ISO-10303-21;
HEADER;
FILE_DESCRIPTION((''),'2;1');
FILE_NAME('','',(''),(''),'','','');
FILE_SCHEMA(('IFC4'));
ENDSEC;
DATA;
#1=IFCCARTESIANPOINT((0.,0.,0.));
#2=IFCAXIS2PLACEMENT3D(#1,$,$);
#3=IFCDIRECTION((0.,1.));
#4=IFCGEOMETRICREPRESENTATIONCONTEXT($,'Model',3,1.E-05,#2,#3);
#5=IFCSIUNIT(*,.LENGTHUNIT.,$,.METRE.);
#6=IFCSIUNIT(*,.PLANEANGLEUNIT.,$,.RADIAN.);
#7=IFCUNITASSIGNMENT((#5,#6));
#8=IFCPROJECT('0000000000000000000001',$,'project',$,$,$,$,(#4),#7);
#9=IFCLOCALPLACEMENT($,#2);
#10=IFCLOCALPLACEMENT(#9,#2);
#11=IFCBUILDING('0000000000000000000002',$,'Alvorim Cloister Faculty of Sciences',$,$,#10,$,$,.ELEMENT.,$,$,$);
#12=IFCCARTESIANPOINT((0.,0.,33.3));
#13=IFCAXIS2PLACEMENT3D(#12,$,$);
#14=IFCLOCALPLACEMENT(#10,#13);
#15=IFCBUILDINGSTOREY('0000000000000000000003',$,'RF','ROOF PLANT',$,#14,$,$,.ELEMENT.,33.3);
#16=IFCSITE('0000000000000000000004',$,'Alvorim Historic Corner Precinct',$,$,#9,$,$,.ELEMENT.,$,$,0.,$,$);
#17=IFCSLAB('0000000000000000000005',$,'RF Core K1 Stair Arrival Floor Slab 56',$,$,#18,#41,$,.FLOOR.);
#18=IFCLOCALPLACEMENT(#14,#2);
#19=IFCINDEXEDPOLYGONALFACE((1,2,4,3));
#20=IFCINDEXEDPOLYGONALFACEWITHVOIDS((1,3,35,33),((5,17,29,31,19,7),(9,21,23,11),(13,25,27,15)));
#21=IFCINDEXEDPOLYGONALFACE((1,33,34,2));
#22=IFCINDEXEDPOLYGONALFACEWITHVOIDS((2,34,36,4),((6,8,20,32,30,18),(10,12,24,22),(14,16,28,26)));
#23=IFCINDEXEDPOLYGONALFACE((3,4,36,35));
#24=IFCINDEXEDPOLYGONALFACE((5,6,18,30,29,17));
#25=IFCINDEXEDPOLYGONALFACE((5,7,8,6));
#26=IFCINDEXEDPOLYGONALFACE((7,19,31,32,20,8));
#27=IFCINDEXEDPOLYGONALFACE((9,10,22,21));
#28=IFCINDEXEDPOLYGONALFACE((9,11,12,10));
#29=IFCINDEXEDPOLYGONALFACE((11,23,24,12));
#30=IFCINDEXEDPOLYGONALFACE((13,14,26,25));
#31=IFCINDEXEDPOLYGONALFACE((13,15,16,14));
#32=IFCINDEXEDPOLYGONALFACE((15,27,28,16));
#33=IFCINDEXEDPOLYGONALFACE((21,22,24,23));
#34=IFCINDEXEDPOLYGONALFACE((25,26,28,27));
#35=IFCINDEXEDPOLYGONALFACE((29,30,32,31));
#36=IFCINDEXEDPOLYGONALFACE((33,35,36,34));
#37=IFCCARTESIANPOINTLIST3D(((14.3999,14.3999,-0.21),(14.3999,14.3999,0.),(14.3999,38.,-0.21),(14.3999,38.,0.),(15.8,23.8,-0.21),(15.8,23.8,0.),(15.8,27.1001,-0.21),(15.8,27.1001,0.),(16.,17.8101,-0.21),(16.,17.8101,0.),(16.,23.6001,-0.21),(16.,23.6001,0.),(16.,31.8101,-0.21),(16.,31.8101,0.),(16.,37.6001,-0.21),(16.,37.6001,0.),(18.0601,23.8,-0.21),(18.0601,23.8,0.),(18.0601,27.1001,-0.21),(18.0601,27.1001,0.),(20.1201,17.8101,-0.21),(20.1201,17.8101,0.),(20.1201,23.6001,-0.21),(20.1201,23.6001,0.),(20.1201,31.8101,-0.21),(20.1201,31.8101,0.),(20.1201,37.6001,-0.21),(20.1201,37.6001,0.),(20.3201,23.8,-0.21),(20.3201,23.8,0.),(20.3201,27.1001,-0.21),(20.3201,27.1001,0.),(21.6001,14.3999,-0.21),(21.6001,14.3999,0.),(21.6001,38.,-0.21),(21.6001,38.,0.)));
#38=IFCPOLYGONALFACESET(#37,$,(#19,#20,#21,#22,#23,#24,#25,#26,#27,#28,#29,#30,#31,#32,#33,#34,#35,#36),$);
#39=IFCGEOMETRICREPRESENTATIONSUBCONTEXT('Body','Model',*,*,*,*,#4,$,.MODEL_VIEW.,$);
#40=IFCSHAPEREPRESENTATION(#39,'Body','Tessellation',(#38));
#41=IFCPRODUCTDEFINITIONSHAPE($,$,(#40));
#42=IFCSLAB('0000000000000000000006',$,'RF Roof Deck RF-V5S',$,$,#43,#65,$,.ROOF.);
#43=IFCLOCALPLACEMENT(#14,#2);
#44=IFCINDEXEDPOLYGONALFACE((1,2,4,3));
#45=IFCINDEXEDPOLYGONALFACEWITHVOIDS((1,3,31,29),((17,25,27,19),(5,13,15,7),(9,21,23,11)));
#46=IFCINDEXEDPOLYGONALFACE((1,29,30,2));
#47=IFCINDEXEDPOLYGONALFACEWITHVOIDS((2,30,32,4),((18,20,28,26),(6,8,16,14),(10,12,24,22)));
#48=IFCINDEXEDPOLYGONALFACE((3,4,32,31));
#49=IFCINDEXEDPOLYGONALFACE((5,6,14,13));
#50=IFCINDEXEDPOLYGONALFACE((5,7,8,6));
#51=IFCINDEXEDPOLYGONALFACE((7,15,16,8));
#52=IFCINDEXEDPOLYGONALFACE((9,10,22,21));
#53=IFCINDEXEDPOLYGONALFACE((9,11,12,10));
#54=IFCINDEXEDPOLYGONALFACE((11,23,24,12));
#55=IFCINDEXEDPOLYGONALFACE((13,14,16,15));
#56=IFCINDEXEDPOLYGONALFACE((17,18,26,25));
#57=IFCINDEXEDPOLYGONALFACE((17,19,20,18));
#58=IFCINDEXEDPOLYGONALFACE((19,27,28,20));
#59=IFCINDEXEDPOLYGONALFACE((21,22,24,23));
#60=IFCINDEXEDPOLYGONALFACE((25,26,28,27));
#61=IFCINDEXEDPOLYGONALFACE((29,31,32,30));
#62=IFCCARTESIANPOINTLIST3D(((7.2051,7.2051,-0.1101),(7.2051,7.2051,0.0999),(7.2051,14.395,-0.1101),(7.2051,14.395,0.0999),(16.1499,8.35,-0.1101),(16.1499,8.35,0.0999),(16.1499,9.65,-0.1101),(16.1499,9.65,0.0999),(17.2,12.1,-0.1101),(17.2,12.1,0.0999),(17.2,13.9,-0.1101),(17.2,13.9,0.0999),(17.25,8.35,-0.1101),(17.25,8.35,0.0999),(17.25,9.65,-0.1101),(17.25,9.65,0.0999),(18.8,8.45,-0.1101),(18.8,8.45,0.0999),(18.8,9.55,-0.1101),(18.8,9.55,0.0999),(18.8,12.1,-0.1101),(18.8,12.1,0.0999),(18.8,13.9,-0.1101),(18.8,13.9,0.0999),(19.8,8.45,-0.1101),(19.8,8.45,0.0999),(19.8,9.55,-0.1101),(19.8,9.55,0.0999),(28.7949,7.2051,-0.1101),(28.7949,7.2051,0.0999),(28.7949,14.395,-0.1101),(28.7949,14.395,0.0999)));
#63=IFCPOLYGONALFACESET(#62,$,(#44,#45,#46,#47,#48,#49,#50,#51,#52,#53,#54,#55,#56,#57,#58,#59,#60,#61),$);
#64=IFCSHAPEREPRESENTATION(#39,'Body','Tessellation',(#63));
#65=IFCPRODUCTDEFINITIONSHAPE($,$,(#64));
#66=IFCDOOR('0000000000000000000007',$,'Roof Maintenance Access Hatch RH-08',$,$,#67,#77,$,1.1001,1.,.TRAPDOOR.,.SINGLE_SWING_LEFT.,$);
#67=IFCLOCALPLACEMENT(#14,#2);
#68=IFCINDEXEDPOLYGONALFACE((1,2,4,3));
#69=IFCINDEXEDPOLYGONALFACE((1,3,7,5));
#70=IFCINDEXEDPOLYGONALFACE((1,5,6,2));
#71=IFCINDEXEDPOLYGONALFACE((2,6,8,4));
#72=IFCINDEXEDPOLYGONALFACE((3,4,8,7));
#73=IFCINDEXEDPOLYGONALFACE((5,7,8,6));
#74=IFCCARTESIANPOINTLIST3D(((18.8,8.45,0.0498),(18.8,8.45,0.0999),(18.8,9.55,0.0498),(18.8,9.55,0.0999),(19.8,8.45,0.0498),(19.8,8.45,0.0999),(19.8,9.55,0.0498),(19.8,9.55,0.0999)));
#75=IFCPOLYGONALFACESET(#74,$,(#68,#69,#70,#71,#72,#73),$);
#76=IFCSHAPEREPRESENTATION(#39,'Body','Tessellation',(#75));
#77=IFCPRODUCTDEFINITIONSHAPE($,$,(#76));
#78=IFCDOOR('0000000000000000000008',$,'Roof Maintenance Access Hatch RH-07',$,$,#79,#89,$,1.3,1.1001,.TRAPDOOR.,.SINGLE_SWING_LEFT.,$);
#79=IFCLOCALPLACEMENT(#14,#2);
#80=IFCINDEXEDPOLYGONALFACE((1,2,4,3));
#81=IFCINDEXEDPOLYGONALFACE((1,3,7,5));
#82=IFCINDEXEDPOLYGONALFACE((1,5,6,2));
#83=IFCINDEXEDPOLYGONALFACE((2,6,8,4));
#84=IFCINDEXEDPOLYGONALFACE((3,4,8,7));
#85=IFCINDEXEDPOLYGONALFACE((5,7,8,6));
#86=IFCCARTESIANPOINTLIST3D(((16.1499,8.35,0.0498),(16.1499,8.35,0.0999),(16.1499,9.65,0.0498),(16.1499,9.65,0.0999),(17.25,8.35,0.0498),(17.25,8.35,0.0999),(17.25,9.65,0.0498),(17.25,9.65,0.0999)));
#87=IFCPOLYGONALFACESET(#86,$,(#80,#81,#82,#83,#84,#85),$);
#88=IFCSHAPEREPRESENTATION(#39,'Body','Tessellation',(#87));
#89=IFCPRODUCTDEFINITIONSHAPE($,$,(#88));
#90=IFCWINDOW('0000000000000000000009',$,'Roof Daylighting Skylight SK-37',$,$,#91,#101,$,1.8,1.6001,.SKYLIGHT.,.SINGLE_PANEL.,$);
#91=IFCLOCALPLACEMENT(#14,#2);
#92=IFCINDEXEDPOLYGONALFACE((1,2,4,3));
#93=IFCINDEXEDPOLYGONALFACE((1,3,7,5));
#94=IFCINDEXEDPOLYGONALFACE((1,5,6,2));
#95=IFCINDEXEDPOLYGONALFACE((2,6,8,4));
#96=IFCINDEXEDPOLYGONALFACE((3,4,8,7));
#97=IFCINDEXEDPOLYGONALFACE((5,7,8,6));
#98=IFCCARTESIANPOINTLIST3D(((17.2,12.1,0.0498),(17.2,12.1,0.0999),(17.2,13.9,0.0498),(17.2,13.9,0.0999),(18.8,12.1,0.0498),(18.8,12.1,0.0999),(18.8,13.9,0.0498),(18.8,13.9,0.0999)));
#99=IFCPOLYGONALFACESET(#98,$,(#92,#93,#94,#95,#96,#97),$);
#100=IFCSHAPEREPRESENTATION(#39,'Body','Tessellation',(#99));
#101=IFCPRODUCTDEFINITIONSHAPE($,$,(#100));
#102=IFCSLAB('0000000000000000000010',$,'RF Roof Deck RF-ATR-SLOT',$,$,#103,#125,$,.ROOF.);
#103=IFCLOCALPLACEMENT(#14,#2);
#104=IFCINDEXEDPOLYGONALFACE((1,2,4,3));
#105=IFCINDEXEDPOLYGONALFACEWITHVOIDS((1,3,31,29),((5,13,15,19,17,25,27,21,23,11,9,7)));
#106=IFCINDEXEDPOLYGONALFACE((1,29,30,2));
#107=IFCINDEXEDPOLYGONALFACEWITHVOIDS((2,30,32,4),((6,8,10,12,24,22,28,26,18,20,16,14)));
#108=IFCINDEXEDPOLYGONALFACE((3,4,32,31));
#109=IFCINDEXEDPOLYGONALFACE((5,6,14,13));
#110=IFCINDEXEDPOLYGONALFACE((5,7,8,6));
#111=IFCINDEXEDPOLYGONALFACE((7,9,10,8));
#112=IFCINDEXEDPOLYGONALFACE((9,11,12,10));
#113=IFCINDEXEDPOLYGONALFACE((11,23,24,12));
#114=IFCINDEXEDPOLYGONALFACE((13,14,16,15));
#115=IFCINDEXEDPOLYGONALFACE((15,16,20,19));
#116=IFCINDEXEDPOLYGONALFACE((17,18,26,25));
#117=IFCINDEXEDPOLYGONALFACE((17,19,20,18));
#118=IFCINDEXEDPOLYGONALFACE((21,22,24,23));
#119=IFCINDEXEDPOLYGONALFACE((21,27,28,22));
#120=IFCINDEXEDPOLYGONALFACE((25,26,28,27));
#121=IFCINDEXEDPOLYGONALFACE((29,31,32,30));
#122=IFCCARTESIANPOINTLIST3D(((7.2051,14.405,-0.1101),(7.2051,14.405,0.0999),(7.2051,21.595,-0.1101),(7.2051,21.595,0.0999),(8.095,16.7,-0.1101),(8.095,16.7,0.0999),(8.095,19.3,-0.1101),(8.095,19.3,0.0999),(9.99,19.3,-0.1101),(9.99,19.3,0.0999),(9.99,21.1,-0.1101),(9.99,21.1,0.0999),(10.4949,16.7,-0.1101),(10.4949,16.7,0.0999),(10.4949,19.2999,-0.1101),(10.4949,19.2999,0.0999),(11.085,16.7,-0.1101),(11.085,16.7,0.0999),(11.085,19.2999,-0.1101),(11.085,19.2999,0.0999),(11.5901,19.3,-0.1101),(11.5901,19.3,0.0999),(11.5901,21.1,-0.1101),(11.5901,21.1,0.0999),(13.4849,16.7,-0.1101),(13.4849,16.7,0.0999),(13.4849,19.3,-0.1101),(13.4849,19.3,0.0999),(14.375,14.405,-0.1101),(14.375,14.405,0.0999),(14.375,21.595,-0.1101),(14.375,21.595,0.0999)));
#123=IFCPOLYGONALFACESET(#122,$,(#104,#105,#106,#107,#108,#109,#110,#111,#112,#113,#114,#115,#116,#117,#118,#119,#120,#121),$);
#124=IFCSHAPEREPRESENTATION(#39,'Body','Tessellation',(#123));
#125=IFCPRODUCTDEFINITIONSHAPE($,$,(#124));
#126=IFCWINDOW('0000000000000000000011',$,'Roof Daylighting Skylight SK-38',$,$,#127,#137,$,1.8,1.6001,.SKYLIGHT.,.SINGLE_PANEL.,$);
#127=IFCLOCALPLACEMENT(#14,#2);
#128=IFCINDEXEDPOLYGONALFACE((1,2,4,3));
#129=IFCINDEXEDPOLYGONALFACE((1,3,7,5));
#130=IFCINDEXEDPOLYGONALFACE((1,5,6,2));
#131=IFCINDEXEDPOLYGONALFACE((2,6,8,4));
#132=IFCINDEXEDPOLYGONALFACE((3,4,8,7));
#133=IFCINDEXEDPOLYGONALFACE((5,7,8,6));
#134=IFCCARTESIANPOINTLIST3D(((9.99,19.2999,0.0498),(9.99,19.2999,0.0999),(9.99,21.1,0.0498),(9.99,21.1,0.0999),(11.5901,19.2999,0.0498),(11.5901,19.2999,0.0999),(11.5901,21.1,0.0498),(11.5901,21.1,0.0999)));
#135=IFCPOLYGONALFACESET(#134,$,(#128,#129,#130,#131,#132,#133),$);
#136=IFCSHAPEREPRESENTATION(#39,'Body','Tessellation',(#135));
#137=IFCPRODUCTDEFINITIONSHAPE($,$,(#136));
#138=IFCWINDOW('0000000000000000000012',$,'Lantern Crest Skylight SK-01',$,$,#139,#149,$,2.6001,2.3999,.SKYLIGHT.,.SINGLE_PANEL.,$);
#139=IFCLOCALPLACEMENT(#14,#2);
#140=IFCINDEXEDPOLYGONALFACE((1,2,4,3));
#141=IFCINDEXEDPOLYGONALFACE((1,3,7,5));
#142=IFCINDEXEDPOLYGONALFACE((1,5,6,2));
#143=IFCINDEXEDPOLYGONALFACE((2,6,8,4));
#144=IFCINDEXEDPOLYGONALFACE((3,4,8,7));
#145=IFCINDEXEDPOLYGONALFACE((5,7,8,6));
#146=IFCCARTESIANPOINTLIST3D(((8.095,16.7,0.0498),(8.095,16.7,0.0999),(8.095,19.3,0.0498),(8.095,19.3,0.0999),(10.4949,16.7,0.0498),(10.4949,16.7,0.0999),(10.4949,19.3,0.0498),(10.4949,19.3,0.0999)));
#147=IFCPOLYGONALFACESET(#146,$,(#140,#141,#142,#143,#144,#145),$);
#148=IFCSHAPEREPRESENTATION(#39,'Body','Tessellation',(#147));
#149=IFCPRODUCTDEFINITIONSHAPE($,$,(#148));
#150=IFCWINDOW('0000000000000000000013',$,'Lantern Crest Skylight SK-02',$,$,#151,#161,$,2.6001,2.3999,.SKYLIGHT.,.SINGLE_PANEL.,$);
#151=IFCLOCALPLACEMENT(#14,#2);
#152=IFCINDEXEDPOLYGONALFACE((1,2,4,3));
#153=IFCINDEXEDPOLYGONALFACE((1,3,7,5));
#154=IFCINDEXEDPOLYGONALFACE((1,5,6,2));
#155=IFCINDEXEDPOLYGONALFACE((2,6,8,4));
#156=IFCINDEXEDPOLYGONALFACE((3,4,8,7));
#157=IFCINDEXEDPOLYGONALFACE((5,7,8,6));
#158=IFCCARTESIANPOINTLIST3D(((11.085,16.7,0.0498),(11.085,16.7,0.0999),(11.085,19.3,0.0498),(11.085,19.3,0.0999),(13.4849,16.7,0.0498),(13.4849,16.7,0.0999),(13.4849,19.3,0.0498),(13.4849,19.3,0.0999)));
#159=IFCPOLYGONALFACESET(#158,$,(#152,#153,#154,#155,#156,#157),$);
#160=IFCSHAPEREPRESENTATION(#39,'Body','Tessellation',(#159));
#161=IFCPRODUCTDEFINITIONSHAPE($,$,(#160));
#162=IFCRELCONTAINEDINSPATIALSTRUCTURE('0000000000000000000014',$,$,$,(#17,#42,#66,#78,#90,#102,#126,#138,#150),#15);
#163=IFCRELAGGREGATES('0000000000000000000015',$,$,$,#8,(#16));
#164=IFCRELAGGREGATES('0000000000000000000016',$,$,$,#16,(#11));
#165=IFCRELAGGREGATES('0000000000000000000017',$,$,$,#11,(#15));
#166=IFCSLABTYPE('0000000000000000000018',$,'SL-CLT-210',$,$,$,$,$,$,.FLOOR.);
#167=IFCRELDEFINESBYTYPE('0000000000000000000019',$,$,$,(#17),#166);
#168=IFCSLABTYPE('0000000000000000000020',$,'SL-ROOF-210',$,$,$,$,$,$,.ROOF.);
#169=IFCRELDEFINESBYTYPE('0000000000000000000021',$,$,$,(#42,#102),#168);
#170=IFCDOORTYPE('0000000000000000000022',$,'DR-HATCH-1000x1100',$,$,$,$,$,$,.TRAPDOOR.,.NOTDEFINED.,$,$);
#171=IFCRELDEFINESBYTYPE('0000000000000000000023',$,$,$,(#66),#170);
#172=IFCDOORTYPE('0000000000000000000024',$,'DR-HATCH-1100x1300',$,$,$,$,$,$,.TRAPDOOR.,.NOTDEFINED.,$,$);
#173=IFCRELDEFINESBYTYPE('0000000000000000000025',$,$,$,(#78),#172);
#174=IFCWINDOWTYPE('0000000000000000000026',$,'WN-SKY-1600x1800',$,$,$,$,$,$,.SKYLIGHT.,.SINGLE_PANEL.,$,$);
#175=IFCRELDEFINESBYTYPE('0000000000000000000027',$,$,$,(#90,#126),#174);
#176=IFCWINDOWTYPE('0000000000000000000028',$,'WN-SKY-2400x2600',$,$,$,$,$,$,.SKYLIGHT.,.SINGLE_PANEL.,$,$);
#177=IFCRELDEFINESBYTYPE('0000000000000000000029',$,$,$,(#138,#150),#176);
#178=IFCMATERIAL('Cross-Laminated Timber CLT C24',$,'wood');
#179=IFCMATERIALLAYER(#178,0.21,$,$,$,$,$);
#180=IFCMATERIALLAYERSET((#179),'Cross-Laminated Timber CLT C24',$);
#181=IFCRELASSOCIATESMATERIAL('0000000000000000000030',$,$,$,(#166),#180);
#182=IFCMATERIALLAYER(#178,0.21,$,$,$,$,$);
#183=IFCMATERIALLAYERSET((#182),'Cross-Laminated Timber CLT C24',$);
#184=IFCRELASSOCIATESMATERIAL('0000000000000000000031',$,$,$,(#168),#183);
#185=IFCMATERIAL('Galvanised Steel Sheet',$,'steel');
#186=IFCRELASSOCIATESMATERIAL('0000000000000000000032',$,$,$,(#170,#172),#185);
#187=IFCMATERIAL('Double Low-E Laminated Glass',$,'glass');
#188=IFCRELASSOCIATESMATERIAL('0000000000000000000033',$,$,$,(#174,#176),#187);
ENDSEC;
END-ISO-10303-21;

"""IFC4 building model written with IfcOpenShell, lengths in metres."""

from ifc_helpers import new_model, si_unit, direction, frame, origin, origin_2d, place, context, subcontext, project, spatial, polyline, rectangle, outline, extrude, material, layer, layer_set, type_object, element, fill, save


model = new_model("IFC4")

# Units and contexts
model_context = context("Model", 3, precision=1e-05, world=origin(), true_north=direction((0.0, 1.0)))
body_context = subcontext(model_context, "Body", "Model", "MODEL_VIEW")
ifc_project = project(units=[si_unit("LENGTHUNIT", "METRE"), si_unit("PLANEANGLEUNIT", "RADIAN")], contexts=[model_context])

# Site, building, storey
site_placement = place(None, origin())
site = spatial("IfcSite", under=ifc_project, at=site_placement, Name="Alvorim Historic Corner Precinct", CompositionType="ELEMENT", RefElevation=0.0)
building_placement = place(site_placement, origin())
building = spatial("IfcBuilding", under=site, at=building_placement, Name="Alvorim Cloister Faculty of Sciences", CompositionType="ELEMENT")
storey_placement = place(building_placement, frame((0.0, 0.0, 33.3)))
storey = spatial("IfcBuildingStorey", under=building, at=storey_placement, Name="RF", Description="ROOF PLANT", CompositionType="ELEMENT", Elevation=33.3)

# Slab
ifc_material_1 = material(Name="Cross-Laminated Timber CLT C24", Category="wood")
ifc_layer_1 = layer(ifc_material_1, 0.21)
ifc_layer_set_1 = layer_set([ifc_layer_1], Name="Cross-Laminated Timber CLT C24")
slab_type_1 = type_object("IfcSlabType", Name="SL-CLT-210", PredefinedType="FLOOR", material=ifc_layer_set_1)
slab_1_placement = place(storey_placement, frame((0.0, 0.0, -0.21)))
element("IfcSlab", 1, at=slab_1_placement, inside=storey, type_object=slab_type_1, Name="RF Core K1 Stair Arrival Floor Slab 56", PredefinedType="FLOOR", context=body_context, shape_type="SweptSolid", body=[
    extrude(outline(polyline([(14.3999, 14.3999), (14.3999, 38.0), (21.6001, 38.0), (21.6001, 14.3999), (14.3999, 14.3999)]), holes=[polyline([(16.0, 17.8101), (20.1201, 17.8101), (20.1201, 23.6001), (16.0, 23.6001), (16.0, 17.8101)]), polyline([(15.8, 23.8), (18.0601, 23.8), (20.3201, 23.8), (20.3201, 27.1001), (18.0601, 27.1001), (15.8, 27.1001), (15.8, 23.8)]), polyline([(16.0, 31.8101), (20.1201, 31.8101), (20.1201, 37.6001), (16.0, 37.6001), (16.0, 31.8101)])]), origin(), (0.0, 0.0, 1.0), 0.21),
])

# Slab, openings, doors, window
ifc_layer_2 = layer(ifc_material_1, 0.21)
ifc_layer_set_2 = layer_set([ifc_layer_2], Name="Cross-Laminated Timber CLT C24")
slab_type_2 = type_object("IfcSlabType", Name="SL-ROOF-210", PredefinedType="ROOF", material=ifc_layer_set_2)
slab_2_placement = place(storey_placement, frame((0.0, 0.0, -0.1101)))
slab_2 = element("IfcSlab", 2, at=slab_2_placement, inside=storey, type_object=slab_type_2, Name="RF Roof Deck RF-V5S", PredefinedType="ROOF", context=body_context, shape_type="SweptSolid", body=[
    extrude(outline(polyline([(7.2051, 7.2051), (28.7949, 7.2051), (28.7949, 14.395), (7.2051, 14.395), (7.2051, 7.2051)])), origin(), (0.0, 0.0, 1.0), 0.21),
])
opening_1_placement = place(slab_2_placement, frame((16.7, 9.0, -0.012)))
opening_1 = element("IfcOpeningElement", 3, at=opening_1_placement, cuts=slab_2, PredefinedType="OPENING", context=body_context, shape_type="SweptSolid", body=[
    extrude(rectangle(XDim=1.1001, YDim=1.3, at=origin_2d()), origin(), (0.0, 0.0, 1.0), 0.2339),
])
opening_2_placement = place(slab_2_placement, frame((19.3, 9.0, -0.012)))
opening_2 = element("IfcOpeningElement", 4, at=opening_2_placement, cuts=slab_2, PredefinedType="OPENING", context=body_context, shape_type="SweptSolid", body=[
    extrude(rectangle(XDim=1.0, YDim=1.1001, at=origin_2d()), origin(), (0.0, 0.0, 1.0), 0.2339),
])
opening_3_placement = place(slab_2_placement, frame((18.0, 13.0, -0.012)))
opening_3 = element("IfcOpeningElement", 5, at=opening_3_placement, cuts=slab_2, PredefinedType="OPENING", context=body_context, shape_type="SweptSolid", body=[
    extrude(rectangle(XDim=1.6001, YDim=1.8, at=origin_2d()), origin(), (0.0, 0.0, 1.0), 0.2339),
])
ifc_material_2 = material(Name="Galvanised Steel Sheet", Category="steel")
door_type_1 = type_object("IfcDoorType", Name="DR-HATCH-1000x1100", OperationType="NOTDEFINED", PredefinedType="TRAPDOOR", material=ifc_material_2)
door_1_placement = place(slab_2_placement, frame((19.3, 9.0, 0.1599)))
door_1 = element("IfcDoor", 6, at=door_1_placement, inside=storey, type_object=door_type_1, Name="Roof Maintenance Access Hatch RH-08", OperationType="SINGLE_SWING_LEFT", OverallHeight=1.1001, OverallWidth=1.0, PredefinedType="TRAPDOOR", context=body_context, shape_type="SweptSolid", body=[
    extrude(rectangle(XDim=1.0, YDim=1.1001, at=origin_2d()), origin(), (0.0, 0.0, 1.0), 0.05),
])
fill(opening_2, door_1)
door_type_2 = type_object("IfcDoorType", Name="DR-HATCH-1100x1300", OperationType="NOTDEFINED", PredefinedType="TRAPDOOR", material=ifc_material_2)
door_2_placement = place(slab_2_placement, frame((16.7, 9.0, 0.1599)))
door_2 = element("IfcDoor", 7, at=door_2_placement, inside=storey, type_object=door_type_2, Name="Roof Maintenance Access Hatch RH-07", OperationType="SINGLE_SWING_LEFT", OverallHeight=1.3, OverallWidth=1.1001, PredefinedType="TRAPDOOR", context=body_context, shape_type="SweptSolid", body=[
    extrude(rectangle(XDim=1.1001, YDim=1.3, at=origin_2d()), origin(), (0.0, 0.0, 1.0), 0.05),
])
fill(opening_1, door_2)
ifc_material_3 = material(Name="Double Low-E Laminated Glass", Category="glass")
window_type_1 = type_object("IfcWindowType", Name="WN-SKY-1600x1800", PartitioningType="SINGLE_PANEL", PredefinedType="SKYLIGHT", material=ifc_material_3)
window_1_placement = place(slab_2_placement, frame((18.0, 13.0, 0.1599)))
window_1 = element("IfcWindow", 8, at=window_1_placement, inside=storey, type_object=window_type_1, Name="Roof Daylighting Skylight SK-37", OverallHeight=1.8, OverallWidth=1.6001, PartitioningType="SINGLE_PANEL", PredefinedType="SKYLIGHT", context=body_context, shape_type="SweptSolid", body=[
    extrude(rectangle(XDim=1.6001, YDim=1.8, at=origin_2d()), origin(), (0.0, 0.0, 1.0), 0.05),
])
fill(opening_3, window_1)

# Slab, openings, windows
slab_3_placement = place(storey_placement, frame((0.0, 0.0, -0.1101)))
slab_3 = element("IfcSlab", 9, at=slab_3_placement, inside=storey, type_object=slab_type_2, Name="RF Roof Deck RF-ATR-SLOT", PredefinedType="ROOF", context=body_context, shape_type="SweptSolid", body=[
    extrude(outline(polyline([(7.2051, 14.405), (14.375, 14.405), (14.375, 21.595), (7.2051, 21.595), (7.2051, 14.405)])), origin(), (0.0, 0.0, 1.0), 0.21),
])
opening_4_placement = place(slab_3_placement, frame((9.2949, 18.0, -0.012)))
opening_4 = element("IfcOpeningElement", 10, at=opening_4_placement, cuts=slab_3, PredefinedType="OPENING", context=body_context, shape_type="SweptSolid", body=[
    extrude(rectangle(XDim=2.3999, YDim=2.6001, at=origin_2d()), origin(), (0.0, 0.0, 1.0), 0.2339),
])
opening_5_placement = place(slab_3_placement, frame((12.2849, 18.0, -0.012)))
opening_5 = element("IfcOpeningElement", 11, at=opening_5_placement, cuts=slab_3, PredefinedType="OPENING", context=body_context, shape_type="SweptSolid", body=[
    extrude(rectangle(XDim=2.3999, YDim=2.6001, at=origin_2d()), origin(), (0.0, 0.0, 1.0), 0.2339),
])
opening_6_placement = place(slab_3_placement, frame((10.79, 20.2, -0.012)))
opening_6 = element("IfcOpeningElement", 12, at=opening_6_placement, cuts=slab_3, PredefinedType="OPENING", context=body_context, shape_type="SweptSolid", body=[
    extrude(rectangle(XDim=1.6001, YDim=1.8, at=origin_2d()), origin(), (0.0, 0.0, 1.0), 0.2339),
])
window_2_placement = place(slab_3_placement, frame((10.79, 20.2, 0.1599)))
window_2 = element("IfcWindow", 13, at=window_2_placement, inside=storey, type_object=window_type_1, Name="Roof Daylighting Skylight SK-38", OverallHeight=1.8, OverallWidth=1.6001, PartitioningType="SINGLE_PANEL", PredefinedType="SKYLIGHT", context=body_context, shape_type="SweptSolid", body=[
    extrude(rectangle(XDim=1.6001, YDim=1.8, at=origin_2d()), origin(), (0.0, 0.0, 1.0), 0.05),
])
fill(opening_6, window_2)
window_type_2 = type_object("IfcWindowType", Name="WN-SKY-2400x2600", PartitioningType="SINGLE_PANEL", PredefinedType="SKYLIGHT", material=ifc_material_3)
window_3_placement = place(slab_3_placement, frame((9.2949, 18.0, 0.1599)))
window_3 = element("IfcWindow", 14, at=window_3_placement, inside=storey, type_object=window_type_2, Name="Lantern Crest Skylight SK-01", OverallHeight=2.6001, OverallWidth=2.3999, PartitioningType="SINGLE_PANEL", PredefinedType="SKYLIGHT", context=body_context, shape_type="SweptSolid", body=[
    extrude(rectangle(XDim=2.3999, YDim=2.6001, at=origin_2d()), origin(), (0.0, 0.0, 1.0), 0.05),
])
fill(opening_4, window_3)
window_4_placement = place(slab_3_placement, frame((12.2849, 18.0, 0.1599)))
window_4 = element("IfcWindow", 15, at=window_4_placement, inside=storey, type_object=window_type_2, Name="Lantern Crest Skylight SK-02", OverallHeight=2.6001, OverallWidth=2.3999, PartitioningType="SINGLE_PANEL", PredefinedType="SKYLIGHT", context=body_context, shape_type="SweptSolid", body=[
    extrude(rectangle(XDim=2.3999, YDim=2.6001, at=origin_2d()), origin(), (0.0, 0.0, 1.0), 0.05),
])
fill(opening_5, window_4)

save(model, "model.ifc")
